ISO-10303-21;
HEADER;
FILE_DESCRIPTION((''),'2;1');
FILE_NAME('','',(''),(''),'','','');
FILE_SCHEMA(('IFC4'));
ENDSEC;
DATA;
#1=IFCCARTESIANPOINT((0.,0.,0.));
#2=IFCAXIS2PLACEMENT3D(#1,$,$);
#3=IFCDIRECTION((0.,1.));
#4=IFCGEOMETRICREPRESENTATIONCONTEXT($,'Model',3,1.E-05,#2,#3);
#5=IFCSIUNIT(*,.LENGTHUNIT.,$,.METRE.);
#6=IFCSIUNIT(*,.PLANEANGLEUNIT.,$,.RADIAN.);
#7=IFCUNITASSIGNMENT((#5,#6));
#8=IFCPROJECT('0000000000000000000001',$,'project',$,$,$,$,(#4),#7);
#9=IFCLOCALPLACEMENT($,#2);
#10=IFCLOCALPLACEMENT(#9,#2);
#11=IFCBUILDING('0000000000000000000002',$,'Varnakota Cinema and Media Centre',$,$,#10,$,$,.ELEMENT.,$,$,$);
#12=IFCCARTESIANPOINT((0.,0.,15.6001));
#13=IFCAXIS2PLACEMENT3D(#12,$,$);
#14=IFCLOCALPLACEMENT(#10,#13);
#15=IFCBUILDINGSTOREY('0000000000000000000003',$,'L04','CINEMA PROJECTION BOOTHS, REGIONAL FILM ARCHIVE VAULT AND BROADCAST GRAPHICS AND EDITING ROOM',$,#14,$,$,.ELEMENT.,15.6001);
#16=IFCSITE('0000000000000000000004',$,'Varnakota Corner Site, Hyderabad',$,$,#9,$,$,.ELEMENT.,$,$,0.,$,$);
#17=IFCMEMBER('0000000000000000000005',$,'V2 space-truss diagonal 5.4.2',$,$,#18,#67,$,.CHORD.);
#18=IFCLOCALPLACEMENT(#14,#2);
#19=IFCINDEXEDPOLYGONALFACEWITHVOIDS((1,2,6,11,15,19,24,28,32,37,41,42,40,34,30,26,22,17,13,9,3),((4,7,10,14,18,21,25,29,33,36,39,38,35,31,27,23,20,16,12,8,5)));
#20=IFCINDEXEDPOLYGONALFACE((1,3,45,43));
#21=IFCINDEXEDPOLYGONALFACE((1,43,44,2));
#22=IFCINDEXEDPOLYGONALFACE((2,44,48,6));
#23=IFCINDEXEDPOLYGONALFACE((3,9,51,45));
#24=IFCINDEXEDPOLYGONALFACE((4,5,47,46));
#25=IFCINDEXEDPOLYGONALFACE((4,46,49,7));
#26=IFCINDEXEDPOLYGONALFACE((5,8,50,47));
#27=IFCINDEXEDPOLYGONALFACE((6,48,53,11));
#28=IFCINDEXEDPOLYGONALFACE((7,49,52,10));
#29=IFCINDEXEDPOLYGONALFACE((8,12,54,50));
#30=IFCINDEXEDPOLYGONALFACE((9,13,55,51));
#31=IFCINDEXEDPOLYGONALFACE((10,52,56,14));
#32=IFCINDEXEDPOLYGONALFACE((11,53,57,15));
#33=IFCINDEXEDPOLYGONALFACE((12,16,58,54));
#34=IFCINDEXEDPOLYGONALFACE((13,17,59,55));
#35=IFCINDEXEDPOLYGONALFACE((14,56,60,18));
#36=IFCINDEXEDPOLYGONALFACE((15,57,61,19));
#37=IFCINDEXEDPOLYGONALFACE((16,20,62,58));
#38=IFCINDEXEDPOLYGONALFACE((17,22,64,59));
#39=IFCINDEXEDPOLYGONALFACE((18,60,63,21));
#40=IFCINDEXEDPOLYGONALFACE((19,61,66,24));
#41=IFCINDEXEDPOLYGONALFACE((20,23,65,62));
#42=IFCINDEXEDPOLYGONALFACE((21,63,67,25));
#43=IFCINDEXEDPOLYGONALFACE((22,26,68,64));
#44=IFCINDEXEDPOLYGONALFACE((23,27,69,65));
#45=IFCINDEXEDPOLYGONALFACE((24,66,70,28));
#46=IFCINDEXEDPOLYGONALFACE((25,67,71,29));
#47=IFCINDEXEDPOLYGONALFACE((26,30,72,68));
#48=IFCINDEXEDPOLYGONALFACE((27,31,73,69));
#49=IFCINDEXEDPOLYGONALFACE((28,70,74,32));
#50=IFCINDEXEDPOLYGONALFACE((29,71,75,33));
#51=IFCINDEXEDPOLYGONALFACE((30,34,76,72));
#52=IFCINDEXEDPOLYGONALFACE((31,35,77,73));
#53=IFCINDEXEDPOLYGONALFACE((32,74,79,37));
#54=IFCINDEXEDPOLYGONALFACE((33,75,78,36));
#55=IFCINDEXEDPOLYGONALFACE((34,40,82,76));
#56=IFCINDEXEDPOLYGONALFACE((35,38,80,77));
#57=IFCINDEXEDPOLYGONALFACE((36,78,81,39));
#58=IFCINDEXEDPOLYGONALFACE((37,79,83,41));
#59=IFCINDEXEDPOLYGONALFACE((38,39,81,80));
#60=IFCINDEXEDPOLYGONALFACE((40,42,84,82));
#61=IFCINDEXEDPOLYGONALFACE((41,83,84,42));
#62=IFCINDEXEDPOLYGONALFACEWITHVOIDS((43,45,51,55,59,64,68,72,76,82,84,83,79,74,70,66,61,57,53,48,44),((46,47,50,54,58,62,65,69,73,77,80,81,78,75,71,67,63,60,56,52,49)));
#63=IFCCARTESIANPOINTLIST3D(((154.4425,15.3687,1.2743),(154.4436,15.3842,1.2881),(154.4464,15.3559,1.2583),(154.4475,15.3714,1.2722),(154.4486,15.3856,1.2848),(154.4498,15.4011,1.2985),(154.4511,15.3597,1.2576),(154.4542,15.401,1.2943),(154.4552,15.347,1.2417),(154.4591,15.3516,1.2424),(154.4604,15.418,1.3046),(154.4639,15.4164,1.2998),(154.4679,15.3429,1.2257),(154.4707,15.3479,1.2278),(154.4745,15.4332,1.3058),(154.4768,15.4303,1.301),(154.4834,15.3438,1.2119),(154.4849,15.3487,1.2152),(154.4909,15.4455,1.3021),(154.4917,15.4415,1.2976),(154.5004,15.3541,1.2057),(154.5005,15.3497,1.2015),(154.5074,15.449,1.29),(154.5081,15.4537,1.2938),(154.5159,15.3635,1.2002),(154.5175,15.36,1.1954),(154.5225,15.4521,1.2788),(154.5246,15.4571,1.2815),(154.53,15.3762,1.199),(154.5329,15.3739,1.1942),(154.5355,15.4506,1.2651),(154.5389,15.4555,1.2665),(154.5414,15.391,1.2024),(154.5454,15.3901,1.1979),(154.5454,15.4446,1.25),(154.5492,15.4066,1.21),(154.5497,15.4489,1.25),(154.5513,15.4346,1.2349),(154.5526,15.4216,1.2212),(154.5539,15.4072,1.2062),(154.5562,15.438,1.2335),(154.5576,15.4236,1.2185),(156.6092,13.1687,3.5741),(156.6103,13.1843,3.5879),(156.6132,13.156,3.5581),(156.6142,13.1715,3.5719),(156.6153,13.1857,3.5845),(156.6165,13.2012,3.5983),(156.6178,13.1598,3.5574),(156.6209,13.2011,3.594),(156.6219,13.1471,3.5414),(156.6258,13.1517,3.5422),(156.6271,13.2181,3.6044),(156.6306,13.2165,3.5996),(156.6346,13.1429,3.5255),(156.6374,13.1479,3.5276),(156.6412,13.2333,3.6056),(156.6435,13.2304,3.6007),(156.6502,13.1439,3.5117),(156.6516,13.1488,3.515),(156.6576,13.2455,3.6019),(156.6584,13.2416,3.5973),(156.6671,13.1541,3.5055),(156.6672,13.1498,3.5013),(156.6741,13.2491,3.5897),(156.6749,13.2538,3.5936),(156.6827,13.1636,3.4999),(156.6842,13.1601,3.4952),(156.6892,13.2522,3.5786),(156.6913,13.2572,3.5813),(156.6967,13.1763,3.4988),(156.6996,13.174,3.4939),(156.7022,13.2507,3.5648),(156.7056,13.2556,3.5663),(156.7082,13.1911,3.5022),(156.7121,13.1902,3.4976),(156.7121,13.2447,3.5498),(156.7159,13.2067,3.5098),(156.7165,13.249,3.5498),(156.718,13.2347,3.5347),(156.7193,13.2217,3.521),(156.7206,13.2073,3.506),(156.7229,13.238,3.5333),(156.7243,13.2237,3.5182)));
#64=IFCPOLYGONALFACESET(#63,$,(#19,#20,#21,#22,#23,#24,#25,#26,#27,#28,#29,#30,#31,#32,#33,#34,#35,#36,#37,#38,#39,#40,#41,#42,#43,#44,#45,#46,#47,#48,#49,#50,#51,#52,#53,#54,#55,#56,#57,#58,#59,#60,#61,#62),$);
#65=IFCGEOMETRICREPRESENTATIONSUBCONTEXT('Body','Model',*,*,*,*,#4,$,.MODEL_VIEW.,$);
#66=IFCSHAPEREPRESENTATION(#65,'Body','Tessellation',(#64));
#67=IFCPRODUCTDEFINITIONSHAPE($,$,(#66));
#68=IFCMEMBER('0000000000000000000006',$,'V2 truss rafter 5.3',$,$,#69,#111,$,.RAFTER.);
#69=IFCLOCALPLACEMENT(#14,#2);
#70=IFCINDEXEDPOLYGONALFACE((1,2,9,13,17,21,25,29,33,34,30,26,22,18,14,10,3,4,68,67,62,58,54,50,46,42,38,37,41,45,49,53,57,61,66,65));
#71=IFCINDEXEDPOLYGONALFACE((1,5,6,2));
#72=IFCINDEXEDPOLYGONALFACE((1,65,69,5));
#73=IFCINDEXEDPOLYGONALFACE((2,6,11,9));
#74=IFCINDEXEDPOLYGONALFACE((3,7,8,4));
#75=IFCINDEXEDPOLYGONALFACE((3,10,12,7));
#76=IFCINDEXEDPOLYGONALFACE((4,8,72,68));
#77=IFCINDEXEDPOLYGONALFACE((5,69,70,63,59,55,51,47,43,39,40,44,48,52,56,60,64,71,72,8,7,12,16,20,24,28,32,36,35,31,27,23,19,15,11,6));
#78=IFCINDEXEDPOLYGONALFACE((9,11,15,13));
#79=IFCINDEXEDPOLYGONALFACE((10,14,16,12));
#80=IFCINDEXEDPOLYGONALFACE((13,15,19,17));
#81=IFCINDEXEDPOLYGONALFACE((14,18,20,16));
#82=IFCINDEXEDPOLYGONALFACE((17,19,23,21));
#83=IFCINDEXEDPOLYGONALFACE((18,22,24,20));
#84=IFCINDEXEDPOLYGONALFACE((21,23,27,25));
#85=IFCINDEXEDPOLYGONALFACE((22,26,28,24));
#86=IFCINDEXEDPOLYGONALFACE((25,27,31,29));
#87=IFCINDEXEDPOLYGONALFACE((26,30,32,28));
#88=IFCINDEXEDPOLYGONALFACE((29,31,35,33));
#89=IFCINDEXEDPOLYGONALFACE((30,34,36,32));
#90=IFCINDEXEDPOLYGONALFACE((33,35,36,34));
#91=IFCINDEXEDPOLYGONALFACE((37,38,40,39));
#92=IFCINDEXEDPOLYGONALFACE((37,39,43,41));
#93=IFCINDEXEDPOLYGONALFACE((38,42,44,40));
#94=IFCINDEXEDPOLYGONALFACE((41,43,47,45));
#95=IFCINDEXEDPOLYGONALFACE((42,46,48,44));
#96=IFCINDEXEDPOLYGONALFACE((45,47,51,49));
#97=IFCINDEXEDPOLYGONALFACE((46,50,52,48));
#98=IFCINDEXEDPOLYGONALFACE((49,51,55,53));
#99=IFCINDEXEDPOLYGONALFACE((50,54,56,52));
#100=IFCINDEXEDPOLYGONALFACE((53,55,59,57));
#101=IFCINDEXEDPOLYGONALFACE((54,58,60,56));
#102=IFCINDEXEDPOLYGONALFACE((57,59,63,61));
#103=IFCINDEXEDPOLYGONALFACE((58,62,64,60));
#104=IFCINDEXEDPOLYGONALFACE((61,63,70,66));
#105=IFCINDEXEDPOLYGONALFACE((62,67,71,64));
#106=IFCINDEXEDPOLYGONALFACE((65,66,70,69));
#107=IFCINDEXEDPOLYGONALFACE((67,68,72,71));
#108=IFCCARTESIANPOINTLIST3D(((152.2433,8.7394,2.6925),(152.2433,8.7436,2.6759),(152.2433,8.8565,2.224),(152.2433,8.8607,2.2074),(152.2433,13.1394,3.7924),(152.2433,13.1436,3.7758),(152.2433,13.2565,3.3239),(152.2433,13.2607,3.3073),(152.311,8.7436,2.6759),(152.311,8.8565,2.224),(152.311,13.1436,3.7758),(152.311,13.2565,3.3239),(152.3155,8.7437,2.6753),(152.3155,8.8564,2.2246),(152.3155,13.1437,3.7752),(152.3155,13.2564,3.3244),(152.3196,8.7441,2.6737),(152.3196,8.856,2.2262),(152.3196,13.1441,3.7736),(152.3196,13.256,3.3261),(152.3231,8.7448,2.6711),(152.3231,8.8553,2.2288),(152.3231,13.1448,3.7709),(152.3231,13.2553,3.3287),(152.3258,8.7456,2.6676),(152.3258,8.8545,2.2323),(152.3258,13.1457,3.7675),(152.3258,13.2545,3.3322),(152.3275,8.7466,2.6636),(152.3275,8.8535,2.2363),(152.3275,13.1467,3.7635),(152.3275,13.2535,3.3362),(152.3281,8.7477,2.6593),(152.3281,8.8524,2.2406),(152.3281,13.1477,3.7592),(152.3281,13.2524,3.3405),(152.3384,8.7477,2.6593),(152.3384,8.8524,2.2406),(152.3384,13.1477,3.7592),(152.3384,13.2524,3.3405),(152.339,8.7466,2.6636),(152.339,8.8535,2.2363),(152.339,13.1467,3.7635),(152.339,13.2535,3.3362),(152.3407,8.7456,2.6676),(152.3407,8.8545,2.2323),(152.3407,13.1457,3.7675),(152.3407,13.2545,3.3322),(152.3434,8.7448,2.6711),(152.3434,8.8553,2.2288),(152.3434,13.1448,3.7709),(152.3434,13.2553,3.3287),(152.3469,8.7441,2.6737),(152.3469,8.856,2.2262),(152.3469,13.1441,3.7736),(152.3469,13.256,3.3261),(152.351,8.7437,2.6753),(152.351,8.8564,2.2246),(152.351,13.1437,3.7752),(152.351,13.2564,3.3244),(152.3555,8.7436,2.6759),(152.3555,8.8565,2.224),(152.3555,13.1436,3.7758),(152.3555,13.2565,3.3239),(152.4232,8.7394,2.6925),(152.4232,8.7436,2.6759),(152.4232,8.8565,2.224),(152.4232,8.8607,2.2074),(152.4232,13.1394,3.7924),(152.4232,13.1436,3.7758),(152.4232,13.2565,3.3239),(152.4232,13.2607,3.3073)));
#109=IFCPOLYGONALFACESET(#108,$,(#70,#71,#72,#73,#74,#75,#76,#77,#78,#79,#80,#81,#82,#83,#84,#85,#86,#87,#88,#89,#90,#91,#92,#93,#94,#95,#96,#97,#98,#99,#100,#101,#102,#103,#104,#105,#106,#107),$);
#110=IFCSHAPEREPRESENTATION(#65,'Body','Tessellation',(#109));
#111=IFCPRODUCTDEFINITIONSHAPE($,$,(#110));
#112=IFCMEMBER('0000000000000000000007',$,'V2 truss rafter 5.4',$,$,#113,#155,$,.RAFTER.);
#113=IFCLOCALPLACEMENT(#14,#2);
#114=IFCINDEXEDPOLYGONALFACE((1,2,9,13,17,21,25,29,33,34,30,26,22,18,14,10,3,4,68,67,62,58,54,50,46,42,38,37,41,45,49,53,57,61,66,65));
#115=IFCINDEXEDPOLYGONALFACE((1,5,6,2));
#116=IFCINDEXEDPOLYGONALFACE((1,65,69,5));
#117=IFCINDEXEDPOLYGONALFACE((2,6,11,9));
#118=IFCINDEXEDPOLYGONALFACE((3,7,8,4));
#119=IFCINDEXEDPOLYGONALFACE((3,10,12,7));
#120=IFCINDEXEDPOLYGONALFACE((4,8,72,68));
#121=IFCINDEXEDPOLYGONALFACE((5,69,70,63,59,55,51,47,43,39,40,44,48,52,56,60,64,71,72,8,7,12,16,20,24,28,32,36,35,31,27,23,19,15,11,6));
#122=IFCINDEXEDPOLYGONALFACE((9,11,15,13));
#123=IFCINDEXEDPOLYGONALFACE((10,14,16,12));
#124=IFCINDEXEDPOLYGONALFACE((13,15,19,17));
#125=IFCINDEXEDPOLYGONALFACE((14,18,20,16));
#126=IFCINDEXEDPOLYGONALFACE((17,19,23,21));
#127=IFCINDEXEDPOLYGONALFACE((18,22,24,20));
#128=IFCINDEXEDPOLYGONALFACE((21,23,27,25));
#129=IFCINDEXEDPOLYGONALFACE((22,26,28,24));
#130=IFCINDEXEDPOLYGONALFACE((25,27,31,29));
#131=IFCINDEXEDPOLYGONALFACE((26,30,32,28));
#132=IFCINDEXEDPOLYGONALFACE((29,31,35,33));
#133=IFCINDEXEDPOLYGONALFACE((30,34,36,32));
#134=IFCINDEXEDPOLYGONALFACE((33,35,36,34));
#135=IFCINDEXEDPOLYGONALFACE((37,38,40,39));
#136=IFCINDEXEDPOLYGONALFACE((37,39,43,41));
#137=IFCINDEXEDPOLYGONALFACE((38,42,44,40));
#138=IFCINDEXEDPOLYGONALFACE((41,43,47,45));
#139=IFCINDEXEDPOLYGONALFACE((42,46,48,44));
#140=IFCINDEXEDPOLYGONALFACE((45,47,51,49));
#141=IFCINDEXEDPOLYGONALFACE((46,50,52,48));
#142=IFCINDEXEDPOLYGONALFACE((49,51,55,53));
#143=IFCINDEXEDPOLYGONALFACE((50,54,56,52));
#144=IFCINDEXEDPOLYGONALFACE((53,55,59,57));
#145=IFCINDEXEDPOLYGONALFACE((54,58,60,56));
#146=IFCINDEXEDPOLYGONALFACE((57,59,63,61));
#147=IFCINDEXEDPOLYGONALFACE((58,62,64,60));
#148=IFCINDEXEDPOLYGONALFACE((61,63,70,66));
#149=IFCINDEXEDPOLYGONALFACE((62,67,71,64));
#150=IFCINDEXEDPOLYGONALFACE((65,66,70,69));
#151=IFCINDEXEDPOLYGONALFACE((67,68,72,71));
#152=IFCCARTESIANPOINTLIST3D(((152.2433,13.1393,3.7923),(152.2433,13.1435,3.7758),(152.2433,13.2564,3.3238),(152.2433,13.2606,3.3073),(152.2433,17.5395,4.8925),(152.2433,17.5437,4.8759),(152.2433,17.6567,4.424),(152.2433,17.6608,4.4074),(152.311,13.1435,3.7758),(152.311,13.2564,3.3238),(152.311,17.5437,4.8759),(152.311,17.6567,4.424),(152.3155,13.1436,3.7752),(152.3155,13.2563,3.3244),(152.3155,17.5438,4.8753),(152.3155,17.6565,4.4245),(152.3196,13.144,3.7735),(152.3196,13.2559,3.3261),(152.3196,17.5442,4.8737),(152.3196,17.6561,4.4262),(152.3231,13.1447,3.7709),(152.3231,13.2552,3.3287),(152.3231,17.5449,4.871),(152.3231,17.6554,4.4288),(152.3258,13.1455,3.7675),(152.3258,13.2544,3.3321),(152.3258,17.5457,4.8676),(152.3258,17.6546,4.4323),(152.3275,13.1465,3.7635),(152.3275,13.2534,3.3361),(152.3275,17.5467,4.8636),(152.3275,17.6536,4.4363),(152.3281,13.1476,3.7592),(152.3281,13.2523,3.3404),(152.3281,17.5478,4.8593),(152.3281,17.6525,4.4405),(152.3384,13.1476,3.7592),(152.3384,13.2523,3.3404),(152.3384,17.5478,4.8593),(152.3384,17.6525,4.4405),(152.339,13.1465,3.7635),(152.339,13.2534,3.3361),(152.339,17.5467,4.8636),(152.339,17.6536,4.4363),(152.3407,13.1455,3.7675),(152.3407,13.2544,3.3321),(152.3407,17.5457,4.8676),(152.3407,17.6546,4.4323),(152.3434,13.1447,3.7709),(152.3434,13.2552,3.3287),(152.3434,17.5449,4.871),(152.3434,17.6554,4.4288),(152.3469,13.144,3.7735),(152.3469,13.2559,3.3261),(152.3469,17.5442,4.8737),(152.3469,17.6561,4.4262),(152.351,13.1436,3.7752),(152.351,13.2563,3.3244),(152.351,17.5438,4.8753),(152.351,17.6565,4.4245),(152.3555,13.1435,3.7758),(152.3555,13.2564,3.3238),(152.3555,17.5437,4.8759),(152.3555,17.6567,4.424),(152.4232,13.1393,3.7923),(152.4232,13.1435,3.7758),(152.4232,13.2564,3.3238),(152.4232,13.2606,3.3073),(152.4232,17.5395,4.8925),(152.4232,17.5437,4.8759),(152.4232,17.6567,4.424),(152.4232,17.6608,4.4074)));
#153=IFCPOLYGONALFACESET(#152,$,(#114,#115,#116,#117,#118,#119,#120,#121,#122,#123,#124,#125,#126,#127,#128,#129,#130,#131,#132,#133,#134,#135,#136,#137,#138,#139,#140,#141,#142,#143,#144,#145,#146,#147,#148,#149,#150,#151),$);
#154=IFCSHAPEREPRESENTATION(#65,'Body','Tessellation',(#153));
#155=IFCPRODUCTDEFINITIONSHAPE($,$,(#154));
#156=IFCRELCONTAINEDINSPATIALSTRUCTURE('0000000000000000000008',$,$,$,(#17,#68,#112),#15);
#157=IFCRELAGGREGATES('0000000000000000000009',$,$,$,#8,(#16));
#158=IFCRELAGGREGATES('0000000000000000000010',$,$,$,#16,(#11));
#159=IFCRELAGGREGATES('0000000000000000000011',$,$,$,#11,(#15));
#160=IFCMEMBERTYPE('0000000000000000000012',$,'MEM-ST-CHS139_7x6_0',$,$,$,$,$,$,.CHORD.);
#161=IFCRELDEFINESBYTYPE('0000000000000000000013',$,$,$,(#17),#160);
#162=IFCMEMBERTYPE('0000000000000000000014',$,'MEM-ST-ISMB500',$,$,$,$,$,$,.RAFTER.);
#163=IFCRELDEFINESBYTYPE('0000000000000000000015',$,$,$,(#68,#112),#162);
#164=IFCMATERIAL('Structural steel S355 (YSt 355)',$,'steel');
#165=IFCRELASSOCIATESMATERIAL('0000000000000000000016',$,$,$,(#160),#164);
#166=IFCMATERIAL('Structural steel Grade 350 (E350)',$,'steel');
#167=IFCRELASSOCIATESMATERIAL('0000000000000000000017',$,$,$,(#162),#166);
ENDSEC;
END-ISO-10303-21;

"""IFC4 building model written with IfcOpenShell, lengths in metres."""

from ifc_helpers import new_model, si_unit, direction, frame, origin, origin_2d, place, context, subcontext, project, spatial, hollow_circle, i_section, extrude, material, material_profile, profile_set, type_object, element, save


model = new_model("IFC4")

# Units and contexts
model_context = context("Model", 3, precision=1e-05, world=origin(), true_north=direction((0.0, 1.0)))
body_context = subcontext(model_context, "Body", "Model", "MODEL_VIEW")
ifc_project = project(units=[si_unit("LENGTHUNIT", "METRE"), si_unit("PLANEANGLEUNIT", "RADIAN")], contexts=[model_context])

# Site, building, storey
site_placement = place(None, origin())
site = spatial("IfcSite", under=ifc_project, at=site_placement, Name="Varnakota Corner Site, Hyderabad", CompositionType="ELEMENT", RefElevation=0.0)
building_placement = place(site_placement, origin())
building = spatial("IfcBuilding", under=site, at=building_placement, Name="Varnakota Cinema and Media Centre", CompositionType="ELEMENT")
storey_placement = place(building_placement, frame((0.0, 0.0, 15.6001)))
storey = spatial("IfcBuildingStorey", under=building, at=storey_placement, Name="L04", Description="CINEMA PROJECTION BOOTHS, REGIONAL FILM ARCHIVE VAULT AND BROADCAST GRAPHICS AND EDITING ROOM", CompositionType="ELEMENT", Elevation=15.6001)

# Members
ifc_material_1 = material(Name="Structural steel S355 (YSt 355)", Category="steel")
ifc_material_profile_1 = material_profile(ifc_material_1, hollow_circle(Radius=0.0698, WallThickness=0.0061, at=origin_2d()), Name="CHS 139.7x6.0")
ifc_profile_set_1 = profile_set([ifc_material_profile_1], Name="Structural steel S355 (YSt 355)")
member_type_1 = type_object("IfcMemberType", Name="MEM-ST-CHS139_7x6_0", PredefinedType="CHORD", material=ifc_profile_set_1)
member_1_placement = place(storey_placement, frame((154.5, 15.3999, 1.25), z_axis=(0.562769, -0.571393, 0.597328), x_axis=(0.712463, 0.70171, 0.0)))
element("IfcMember", 1, at=member_1_placement, inside=storey, type_object=member_type_1, Name="V2 space-truss diagonal 5.4.2", PredefinedType="CHORD", context=body_context, shape_type="SweptSolid", body=[
    extrude(hollow_circle(Radius=0.0698, WallThickness=0.0061, at=origin_2d()), origin(), (0.0, 0.0, 1.0), 3.8501),
])
ifc_material_2 = material(Name="Structural steel Grade 350 (E350)", Category="steel")
ifc_material_profile_2 = material_profile(ifc_material_2, i_section(OverallWidth=0.1799, OverallDepth=0.5, WebThickness=0.0103, FlangeThickness=0.0171, FilletRadius=0.0171, at=origin_2d()), Name="ISMB 500")
ifc_profile_set_2 = profile_set([ifc_material_profile_2], Name="Structural steel Grade 350 (E350)")
member_type_2 = type_object("IfcMemberType", Name="MEM-ST-ISMB500", PredefinedType="RAFTER", material=ifc_profile_set_2)
member_2_placement = place(storey_placement, frame((152.3333, 8.8, 2.45), z_axis=(0.0, 0.970149, 0.24251), x_axis=(-1.0, 0.0, 0.0)))
element("IfcMember", 2, at=member_2_placement, inside=storey, type_object=member_type_2, Name="V2 truss rafter 5.3", PredefinedType="RAFTER", context=body_context, shape_type="SweptSolid", body=[
    extrude(i_section(OverallWidth=0.1799, OverallDepth=0.5, WebThickness=0.0103, FlangeThickness=0.0171, FilletRadius=0.0171, at=origin_2d()), origin(), (0.0, 0.0, 1.0), 4.5354),
])
member_3_placement = place(storey_placement, frame((152.3333, 13.2, 3.5498), z_axis=(0.0, 0.970139, 0.242548), x_axis=(-1.0, 0.0, 0.0)))
element("IfcMember", 3, at=member_3_placement, inside=storey, type_object=member_type_2, Name="V2 truss rafter 5.4", PredefinedType="RAFTER", context=body_context, shape_type="SweptSolid", body=[
    extrude(i_section(OverallWidth=0.1799, OverallDepth=0.5, WebThickness=0.0103, FlangeThickness=0.0171, FilletRadius=0.0171, at=origin_2d()), origin(), (0.0, 0.0, 1.0), 4.5356),
])

save(model, "model.ifc")
